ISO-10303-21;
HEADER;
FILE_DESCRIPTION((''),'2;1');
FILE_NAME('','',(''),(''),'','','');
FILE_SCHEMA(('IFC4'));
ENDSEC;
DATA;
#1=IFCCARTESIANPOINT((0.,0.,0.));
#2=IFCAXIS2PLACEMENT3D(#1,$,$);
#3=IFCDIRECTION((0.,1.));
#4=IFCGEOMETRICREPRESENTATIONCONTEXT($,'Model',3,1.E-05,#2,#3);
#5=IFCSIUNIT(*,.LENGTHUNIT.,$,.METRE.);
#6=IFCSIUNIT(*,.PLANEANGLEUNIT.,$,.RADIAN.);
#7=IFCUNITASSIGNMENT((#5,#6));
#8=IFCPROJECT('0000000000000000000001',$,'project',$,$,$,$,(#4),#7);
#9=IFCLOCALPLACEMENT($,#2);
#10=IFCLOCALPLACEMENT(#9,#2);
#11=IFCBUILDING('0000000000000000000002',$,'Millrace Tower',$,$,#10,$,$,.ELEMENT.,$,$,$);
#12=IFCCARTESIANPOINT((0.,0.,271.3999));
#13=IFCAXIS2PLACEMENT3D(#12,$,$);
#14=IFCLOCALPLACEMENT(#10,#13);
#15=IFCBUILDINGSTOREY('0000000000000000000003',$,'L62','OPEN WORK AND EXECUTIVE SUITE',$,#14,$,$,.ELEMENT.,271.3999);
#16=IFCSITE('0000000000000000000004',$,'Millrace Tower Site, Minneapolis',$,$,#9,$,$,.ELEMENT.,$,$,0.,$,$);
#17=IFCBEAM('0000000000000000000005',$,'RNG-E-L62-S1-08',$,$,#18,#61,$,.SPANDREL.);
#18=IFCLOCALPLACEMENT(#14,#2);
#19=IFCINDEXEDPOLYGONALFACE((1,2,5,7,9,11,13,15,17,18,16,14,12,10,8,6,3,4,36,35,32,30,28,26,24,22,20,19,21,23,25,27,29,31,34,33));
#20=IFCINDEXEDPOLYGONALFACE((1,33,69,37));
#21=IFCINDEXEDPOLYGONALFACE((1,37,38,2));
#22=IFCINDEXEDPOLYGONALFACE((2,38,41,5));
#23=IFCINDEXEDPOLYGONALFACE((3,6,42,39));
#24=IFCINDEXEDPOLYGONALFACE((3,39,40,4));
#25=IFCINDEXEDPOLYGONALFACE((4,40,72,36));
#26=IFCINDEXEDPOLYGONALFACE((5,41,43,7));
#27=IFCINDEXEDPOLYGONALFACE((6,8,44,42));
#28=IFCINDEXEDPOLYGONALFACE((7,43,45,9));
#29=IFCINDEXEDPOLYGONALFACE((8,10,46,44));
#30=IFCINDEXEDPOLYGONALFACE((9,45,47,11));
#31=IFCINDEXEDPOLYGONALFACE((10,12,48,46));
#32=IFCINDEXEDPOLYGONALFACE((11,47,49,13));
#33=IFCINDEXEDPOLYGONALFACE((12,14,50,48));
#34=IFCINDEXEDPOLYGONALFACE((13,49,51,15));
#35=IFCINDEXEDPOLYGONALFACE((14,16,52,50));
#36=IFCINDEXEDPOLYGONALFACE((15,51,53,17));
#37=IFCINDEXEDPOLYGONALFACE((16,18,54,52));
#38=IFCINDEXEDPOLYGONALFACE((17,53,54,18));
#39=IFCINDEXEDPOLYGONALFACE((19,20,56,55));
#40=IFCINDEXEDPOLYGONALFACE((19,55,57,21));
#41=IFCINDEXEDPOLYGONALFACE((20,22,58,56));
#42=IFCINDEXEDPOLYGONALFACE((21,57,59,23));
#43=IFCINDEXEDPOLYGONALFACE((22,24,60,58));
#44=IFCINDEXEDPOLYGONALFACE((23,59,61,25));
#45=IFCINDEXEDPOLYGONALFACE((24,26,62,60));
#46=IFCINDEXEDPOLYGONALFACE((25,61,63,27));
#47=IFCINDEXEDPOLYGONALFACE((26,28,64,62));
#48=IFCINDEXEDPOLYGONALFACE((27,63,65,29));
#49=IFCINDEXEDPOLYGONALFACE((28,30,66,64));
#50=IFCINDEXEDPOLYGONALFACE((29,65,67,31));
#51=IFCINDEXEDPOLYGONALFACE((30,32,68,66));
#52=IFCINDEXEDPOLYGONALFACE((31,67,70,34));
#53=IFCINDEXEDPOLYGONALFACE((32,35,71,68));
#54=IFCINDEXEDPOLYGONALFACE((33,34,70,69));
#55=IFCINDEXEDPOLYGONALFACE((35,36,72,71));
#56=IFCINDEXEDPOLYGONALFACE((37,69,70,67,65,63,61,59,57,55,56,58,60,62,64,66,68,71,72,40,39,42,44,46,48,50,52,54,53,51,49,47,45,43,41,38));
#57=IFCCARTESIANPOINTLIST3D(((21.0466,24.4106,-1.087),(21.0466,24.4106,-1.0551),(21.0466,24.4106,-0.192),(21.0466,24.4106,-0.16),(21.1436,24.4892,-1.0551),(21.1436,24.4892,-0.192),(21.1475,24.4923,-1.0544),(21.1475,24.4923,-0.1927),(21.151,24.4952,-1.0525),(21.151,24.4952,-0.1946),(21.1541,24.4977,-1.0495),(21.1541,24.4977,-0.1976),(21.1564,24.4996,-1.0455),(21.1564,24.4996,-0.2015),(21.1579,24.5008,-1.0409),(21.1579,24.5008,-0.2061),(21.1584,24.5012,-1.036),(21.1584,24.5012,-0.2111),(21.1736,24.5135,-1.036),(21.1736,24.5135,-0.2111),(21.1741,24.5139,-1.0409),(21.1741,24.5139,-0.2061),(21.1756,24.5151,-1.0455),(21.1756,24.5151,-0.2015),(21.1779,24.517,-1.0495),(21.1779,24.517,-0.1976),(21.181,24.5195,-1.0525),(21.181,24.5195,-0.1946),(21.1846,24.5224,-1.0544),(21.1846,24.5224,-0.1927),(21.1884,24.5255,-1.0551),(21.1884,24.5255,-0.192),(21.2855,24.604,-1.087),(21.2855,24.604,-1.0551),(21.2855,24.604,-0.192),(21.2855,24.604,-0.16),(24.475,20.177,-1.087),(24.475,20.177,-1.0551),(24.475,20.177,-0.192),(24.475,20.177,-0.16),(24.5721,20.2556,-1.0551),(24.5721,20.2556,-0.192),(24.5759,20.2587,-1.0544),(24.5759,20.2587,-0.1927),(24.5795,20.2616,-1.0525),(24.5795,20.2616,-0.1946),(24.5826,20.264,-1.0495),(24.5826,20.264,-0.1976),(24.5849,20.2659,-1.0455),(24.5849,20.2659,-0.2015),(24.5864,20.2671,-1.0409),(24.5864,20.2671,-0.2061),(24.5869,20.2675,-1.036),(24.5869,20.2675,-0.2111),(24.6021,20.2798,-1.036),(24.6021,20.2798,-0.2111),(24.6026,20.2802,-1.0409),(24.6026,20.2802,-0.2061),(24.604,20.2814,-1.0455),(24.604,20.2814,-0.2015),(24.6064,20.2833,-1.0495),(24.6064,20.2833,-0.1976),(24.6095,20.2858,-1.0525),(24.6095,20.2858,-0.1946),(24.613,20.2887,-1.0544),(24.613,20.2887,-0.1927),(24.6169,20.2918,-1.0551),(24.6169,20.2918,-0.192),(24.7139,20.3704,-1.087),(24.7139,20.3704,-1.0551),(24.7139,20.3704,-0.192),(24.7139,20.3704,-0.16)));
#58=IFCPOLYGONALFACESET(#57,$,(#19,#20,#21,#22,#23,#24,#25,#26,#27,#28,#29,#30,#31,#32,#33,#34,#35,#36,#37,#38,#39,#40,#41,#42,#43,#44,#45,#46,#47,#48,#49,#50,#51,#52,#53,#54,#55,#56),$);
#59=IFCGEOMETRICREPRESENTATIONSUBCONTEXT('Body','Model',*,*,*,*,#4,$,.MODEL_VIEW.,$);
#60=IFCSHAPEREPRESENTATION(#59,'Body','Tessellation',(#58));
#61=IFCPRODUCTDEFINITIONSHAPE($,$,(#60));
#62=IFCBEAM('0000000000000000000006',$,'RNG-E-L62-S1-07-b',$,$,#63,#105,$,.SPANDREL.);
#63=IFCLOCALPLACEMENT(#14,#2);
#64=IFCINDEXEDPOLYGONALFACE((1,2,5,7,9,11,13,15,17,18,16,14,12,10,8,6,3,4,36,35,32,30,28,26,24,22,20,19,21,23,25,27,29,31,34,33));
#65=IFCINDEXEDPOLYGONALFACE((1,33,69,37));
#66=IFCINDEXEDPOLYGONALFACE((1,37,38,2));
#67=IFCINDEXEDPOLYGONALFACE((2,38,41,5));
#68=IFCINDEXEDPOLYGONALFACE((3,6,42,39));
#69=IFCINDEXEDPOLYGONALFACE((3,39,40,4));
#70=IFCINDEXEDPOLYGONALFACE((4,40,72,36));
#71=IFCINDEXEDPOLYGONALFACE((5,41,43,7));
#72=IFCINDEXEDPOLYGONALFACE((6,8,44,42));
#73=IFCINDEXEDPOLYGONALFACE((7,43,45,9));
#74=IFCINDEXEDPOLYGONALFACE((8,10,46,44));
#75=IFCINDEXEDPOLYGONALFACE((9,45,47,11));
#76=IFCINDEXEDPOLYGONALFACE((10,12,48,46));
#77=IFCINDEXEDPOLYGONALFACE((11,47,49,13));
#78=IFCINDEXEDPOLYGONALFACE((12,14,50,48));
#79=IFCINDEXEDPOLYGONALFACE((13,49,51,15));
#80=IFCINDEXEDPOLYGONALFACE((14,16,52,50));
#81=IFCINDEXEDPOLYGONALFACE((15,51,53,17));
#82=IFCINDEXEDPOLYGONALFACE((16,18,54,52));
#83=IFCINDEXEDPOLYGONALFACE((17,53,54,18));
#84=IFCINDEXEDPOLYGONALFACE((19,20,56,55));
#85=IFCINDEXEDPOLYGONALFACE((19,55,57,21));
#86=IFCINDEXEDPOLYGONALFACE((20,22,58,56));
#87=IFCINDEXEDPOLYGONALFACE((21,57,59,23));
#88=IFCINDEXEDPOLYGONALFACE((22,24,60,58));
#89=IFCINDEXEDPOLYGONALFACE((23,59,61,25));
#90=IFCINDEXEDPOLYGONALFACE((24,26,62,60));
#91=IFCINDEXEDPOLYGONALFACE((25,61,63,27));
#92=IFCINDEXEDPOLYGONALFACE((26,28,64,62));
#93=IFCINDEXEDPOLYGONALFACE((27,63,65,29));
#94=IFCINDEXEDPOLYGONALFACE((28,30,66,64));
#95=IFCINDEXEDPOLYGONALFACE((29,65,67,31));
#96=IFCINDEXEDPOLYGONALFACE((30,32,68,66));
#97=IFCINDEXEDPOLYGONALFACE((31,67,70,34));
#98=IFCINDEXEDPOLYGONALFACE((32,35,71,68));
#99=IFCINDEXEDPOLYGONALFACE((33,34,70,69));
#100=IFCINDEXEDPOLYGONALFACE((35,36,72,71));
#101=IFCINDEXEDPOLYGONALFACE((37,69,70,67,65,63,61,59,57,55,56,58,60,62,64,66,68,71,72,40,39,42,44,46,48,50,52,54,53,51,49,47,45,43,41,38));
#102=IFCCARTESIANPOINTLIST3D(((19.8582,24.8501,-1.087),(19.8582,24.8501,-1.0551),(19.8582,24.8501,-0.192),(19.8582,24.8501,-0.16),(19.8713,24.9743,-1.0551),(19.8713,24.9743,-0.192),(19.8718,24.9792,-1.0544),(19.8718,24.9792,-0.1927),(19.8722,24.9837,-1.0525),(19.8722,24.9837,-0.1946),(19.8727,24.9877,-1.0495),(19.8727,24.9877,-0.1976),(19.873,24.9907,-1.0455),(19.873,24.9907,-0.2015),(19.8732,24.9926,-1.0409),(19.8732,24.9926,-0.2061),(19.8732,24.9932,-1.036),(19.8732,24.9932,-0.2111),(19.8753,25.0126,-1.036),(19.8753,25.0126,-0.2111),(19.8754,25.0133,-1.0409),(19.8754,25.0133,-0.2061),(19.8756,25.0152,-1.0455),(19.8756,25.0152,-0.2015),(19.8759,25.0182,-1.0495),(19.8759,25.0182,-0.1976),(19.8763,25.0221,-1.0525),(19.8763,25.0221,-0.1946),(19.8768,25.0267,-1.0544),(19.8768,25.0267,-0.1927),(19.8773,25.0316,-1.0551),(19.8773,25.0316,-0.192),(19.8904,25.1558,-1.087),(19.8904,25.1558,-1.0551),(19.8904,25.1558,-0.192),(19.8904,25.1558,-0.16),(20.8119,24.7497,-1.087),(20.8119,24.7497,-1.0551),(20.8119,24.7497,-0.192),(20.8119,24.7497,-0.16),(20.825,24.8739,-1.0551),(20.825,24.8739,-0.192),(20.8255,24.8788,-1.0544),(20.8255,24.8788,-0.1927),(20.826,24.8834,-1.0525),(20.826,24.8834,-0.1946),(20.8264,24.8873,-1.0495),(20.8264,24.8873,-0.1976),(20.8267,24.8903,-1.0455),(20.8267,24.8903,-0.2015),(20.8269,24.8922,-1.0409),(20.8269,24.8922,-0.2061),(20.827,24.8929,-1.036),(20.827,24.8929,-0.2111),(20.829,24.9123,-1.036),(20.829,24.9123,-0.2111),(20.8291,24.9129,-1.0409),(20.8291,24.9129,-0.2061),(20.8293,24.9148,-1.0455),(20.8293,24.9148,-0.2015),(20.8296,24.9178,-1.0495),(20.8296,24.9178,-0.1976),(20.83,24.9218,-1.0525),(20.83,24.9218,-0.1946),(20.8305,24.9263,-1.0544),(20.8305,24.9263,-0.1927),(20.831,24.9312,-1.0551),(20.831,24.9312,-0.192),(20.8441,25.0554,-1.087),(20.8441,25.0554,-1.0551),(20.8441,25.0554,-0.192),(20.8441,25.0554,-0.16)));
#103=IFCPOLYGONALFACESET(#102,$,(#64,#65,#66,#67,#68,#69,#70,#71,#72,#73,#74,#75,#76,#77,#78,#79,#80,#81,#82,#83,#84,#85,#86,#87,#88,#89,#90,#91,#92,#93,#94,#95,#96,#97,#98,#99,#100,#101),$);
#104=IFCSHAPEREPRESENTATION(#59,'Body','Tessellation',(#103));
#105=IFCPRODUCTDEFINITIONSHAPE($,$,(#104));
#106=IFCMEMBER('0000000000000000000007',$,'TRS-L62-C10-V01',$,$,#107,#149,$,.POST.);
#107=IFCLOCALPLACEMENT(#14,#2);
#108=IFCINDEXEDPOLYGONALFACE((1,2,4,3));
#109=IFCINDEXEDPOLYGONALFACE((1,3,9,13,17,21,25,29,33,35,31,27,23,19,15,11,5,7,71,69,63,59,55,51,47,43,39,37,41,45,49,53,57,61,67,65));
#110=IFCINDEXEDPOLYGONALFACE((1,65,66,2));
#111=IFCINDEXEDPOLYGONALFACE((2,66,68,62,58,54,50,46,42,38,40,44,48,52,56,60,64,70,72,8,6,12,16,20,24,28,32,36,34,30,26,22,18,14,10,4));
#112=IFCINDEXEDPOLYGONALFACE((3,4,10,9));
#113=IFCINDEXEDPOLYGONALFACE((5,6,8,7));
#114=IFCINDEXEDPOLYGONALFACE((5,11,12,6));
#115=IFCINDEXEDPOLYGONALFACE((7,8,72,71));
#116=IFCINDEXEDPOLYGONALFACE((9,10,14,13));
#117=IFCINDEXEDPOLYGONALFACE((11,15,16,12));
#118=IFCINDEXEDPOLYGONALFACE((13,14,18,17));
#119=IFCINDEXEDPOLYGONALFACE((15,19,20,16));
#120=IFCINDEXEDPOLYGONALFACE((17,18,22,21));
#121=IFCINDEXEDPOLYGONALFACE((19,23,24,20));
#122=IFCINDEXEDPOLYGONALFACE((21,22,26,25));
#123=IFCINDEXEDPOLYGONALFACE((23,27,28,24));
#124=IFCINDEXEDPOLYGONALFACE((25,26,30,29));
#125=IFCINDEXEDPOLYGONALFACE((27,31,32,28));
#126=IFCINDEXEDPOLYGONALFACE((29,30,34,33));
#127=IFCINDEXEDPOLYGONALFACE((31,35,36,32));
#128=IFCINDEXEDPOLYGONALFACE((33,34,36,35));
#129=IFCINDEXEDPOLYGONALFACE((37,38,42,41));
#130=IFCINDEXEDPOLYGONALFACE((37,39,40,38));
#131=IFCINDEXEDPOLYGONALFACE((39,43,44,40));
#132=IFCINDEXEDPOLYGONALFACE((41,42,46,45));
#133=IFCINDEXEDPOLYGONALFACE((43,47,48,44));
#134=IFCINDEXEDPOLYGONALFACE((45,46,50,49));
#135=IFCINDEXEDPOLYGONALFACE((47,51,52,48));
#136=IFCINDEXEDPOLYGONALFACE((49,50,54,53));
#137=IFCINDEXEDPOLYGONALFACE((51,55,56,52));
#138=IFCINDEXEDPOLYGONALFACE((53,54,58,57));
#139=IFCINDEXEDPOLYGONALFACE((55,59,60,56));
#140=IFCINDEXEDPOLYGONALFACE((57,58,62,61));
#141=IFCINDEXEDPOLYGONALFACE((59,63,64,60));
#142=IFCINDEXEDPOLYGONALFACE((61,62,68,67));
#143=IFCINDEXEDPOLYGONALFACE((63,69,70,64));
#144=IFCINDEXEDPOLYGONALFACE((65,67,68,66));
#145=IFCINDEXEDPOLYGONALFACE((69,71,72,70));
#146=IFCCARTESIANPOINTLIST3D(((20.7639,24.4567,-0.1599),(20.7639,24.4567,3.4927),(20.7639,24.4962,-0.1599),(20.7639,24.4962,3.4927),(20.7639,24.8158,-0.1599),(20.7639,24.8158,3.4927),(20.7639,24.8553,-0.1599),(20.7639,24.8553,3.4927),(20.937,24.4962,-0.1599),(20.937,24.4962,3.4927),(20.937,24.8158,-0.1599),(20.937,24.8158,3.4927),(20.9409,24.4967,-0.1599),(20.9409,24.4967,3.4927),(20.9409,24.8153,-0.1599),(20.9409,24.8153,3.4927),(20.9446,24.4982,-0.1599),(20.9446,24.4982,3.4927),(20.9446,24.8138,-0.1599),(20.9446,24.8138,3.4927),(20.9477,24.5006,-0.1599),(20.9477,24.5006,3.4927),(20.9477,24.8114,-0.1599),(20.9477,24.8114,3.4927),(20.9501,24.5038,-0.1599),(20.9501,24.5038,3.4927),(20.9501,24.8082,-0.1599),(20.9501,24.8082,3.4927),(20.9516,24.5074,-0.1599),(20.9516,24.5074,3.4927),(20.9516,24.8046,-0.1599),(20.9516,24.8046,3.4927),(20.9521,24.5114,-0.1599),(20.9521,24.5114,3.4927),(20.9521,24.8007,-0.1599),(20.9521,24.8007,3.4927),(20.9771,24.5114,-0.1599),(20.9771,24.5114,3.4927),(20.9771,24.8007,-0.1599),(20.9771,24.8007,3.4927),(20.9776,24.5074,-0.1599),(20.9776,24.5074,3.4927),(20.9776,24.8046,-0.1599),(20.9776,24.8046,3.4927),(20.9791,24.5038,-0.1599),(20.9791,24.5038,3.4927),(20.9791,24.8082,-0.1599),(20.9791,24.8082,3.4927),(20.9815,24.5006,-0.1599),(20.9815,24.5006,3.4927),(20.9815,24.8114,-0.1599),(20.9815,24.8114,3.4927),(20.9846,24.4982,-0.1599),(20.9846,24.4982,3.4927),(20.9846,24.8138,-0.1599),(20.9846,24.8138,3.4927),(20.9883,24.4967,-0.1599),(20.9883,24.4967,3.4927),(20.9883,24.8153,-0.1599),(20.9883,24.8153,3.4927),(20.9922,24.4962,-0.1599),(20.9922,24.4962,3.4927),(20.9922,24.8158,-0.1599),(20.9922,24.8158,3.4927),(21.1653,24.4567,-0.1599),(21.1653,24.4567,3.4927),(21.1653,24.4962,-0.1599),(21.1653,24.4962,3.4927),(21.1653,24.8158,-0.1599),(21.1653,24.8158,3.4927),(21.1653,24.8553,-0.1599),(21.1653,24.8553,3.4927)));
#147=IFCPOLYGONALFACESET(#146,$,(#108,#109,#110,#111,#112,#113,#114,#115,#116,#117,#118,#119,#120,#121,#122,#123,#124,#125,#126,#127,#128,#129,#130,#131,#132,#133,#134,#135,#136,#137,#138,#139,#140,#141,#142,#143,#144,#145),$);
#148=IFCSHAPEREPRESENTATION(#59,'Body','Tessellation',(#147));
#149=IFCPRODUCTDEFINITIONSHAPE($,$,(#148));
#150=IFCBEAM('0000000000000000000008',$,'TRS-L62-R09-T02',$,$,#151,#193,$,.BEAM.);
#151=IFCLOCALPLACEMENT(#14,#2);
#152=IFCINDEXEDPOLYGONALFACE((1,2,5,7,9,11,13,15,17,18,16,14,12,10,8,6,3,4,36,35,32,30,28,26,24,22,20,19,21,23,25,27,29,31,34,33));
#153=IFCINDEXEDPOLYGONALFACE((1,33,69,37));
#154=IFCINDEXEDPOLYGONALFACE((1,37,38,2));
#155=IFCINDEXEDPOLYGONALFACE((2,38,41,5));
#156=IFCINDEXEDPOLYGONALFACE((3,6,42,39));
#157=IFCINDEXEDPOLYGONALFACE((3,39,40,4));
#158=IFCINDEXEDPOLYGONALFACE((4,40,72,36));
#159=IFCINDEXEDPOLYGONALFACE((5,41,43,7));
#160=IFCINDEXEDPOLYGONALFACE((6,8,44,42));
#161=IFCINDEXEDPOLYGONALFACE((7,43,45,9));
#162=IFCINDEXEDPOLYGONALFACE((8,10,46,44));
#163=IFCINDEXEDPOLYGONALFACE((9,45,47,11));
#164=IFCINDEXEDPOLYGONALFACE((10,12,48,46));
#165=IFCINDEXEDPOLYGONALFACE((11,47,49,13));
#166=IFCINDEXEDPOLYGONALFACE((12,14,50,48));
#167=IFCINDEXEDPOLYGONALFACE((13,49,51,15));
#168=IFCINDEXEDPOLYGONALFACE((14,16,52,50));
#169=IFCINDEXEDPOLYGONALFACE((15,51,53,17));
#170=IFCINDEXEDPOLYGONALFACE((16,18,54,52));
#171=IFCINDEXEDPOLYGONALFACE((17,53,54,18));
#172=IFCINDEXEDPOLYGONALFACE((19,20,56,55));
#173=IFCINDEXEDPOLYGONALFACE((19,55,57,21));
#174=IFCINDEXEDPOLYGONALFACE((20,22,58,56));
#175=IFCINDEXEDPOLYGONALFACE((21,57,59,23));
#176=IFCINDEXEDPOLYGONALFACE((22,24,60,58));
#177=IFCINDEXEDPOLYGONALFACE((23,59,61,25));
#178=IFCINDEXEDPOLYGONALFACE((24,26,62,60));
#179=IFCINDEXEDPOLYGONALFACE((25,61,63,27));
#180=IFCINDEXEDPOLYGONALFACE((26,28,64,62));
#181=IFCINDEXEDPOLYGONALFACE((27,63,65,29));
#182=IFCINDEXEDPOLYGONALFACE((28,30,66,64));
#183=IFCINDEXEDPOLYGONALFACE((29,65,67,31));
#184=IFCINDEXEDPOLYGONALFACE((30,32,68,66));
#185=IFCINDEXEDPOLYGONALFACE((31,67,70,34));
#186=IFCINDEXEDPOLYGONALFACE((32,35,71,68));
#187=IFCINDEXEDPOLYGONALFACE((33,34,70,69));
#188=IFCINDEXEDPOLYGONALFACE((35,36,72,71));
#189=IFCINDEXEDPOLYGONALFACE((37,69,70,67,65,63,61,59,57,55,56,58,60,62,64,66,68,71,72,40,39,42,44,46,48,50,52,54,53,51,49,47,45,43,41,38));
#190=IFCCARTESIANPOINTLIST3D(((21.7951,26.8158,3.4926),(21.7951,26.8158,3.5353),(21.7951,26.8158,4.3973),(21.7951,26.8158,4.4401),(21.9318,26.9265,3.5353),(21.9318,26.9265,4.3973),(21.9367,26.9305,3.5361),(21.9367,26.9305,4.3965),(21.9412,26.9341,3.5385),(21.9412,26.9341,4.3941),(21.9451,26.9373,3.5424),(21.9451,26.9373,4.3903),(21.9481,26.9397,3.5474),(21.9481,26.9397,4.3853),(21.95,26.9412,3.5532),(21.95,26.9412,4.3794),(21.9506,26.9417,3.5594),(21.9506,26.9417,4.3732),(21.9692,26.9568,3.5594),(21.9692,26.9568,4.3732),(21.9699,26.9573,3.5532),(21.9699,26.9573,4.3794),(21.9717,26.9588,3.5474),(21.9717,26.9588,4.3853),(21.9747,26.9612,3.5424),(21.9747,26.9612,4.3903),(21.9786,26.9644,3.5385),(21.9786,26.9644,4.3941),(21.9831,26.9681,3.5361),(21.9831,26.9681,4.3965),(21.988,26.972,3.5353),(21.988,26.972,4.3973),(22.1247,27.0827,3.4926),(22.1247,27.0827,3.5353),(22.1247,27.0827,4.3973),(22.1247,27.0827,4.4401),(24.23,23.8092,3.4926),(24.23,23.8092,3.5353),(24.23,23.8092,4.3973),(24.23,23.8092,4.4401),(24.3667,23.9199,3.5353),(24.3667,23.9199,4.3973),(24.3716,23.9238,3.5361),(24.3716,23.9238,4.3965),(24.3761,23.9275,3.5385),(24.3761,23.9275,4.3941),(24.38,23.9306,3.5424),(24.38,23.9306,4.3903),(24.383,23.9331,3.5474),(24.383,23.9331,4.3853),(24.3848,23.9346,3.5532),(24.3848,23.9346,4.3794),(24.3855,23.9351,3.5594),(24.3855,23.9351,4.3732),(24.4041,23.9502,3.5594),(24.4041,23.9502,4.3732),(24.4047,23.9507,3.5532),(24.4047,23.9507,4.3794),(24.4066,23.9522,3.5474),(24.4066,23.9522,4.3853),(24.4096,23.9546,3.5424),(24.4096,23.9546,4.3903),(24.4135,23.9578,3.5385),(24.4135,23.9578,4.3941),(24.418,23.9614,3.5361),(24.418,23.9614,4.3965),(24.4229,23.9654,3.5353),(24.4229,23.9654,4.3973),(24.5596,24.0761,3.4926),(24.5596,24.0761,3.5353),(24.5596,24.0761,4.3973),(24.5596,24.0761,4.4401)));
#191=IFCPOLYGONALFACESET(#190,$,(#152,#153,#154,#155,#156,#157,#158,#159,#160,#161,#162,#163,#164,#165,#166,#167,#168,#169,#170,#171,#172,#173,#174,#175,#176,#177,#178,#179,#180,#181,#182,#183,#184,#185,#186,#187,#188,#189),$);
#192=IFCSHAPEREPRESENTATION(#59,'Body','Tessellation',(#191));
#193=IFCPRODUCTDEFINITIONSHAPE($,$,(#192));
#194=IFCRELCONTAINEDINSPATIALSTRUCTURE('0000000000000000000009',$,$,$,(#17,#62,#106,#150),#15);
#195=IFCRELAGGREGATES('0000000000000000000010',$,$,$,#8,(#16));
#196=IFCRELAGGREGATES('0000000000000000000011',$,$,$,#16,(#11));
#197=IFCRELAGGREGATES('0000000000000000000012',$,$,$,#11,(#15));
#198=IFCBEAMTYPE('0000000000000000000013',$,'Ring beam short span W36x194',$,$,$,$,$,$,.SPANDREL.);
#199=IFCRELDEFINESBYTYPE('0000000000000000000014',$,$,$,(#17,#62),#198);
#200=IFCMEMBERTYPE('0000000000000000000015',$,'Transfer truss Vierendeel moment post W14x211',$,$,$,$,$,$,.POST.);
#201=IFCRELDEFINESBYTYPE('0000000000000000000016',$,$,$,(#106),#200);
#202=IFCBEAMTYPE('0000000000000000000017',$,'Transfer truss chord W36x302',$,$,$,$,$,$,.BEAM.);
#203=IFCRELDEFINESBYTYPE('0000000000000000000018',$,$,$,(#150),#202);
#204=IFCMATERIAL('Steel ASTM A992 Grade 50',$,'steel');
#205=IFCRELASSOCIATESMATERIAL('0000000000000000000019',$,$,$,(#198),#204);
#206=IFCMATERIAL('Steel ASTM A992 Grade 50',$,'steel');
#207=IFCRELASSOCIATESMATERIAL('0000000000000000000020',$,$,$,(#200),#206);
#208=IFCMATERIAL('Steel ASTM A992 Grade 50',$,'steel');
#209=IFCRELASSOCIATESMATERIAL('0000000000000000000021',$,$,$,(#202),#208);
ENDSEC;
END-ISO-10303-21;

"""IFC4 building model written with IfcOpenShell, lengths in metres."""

from ifc_helpers import new_model, si_unit, direction, frame, origin, origin_2d, place, context, subcontext, project, spatial, i_section, extrude, material, material_profile, profile_set, type_object, element, save


model = new_model("IFC4")

# Units and contexts
model_context = context("Model", 3, precision=1e-05, world=origin(), true_north=direction((0.0, 1.0)))
body_context = subcontext(model_context, "Body", "Model", "MODEL_VIEW")
ifc_project = project(units=[si_unit("LENGTHUNIT", "METRE"), si_unit("PLANEANGLEUNIT", "RADIAN")], contexts=[model_context])

# Site, building, storey
site_placement = place(None, origin())
site = spatial("IfcSite", under=ifc_project, at=site_placement, Name="Millrace Tower Site, Minneapolis", CompositionType="ELEMENT", RefElevation=0.0)
building_placement = place(site_placement, origin())
building = spatial("IfcBuilding", under=site, at=building_placement, Name="Millrace Tower", CompositionType="ELEMENT")
storey_placement = place(building_placement, frame((0.0, 0.0, 271.3999)))
storey = spatial("IfcBuildingStorey", under=building, at=storey_placement, Name="L62", Description="OPEN WORK AND EXECUTIVE SUITE", CompositionType="ELEMENT", Elevation=271.3999)

# Beams
ifc_material_1 = material(Name="Steel ASTM A992 Grade 50", Category="steel")
ifc_material_profile_1 = material_profile(ifc_material_1, i_section(OverallWidth=0.3074, OverallDepth=0.927, WebThickness=0.0195, FlangeThickness=0.032, FilletRadius=0.019, at=origin_2d()))
ifc_profile_set_1 = profile_set([ifc_material_profile_1], Name="Steel ASTM A992 Grade 50")
beam_type_1 = type_object("IfcBeamType", Name="Ring beam short span W36x194", PredefinedType="SPANDREL", material=ifc_profile_set_1)
beam_1_placement = place(storey_placement, frame((21.166, 24.5073, -0.6235), z_axis=(0.629335, -0.777134, 0.0), x_axis=(0.777134, 0.629335, 0.0)))
element("IfcBeam", 1, at=beam_1_placement, inside=storey, type_object=beam_type_1, Name="RNG-E-L62-S1-08", PredefinedType="SPANDREL", context=body_context, shape_type="SweptSolid", body=[
    extrude(i_section(OverallWidth=0.3074, OverallDepth=0.927, WebThickness=0.0195, FlangeThickness=0.032, FilletRadius=0.019, at=origin_2d()), origin(), (0.0, 0.0, 1.0), 5.4478),
])
beam_2_placement = place(storey_placement, frame((19.8743, 25.0029, -0.6235), z_axis=(0.99451, -0.104645, 0.0), x_axis=(0.104645, 0.99451, 0.0)))
element("IfcBeam", 2, at=beam_2_placement, inside=storey, type_object=beam_type_1, Name="RNG-E-L62-S1-07-b", PredefinedType="SPANDREL", context=body_context, shape_type="SweptSolid", body=[
    extrude(i_section(OverallWidth=0.3074, OverallDepth=0.927, WebThickness=0.0195, FlangeThickness=0.032, FilletRadius=0.019, at=origin_2d()), origin(), (0.0, 0.0, 1.0), 0.959),
])

# Member
ifc_material_2 = material(Name="Steel ASTM A992 Grade 50", Category="steel")
ifc_material_profile_2 = material_profile(ifc_material_2, i_section(OverallWidth=0.4014, OverallDepth=0.3987, WebThickness=0.0249, FlangeThickness=0.0396, FilletRadius=0.0151, at=origin_2d()))
ifc_profile_set_2 = profile_set([ifc_material_profile_2], Name="Steel ASTM A992 Grade 50")
member_type_1 = type_object("IfcMemberType", Name="Transfer truss Vierendeel moment post W14x211", PredefinedType="POST", material=ifc_profile_set_2)
member_1_placement = place(storey_placement, frame((20.9646, 24.656, -0.1599), z_axis=(0.0, 0.0, 1.0), x_axis=(1.0, 0.0, 0.0)))
element("IfcMember", 3, at=member_1_placement, inside=storey, type_object=member_type_1, Name="TRS-L62-C10-V01", PredefinedType="POST", context=body_context, shape_type="SweptSolid", body=[
    extrude(i_section(OverallWidth=0.4014, OverallDepth=0.3987, WebThickness=0.0249, FlangeThickness=0.0396, FilletRadius=0.0151, at=origin_2d()), origin(), (0.0, 0.0, 1.0), 3.6526),
])

# Beam
ifc_material_3 = material(Name="Steel ASTM A992 Grade 50", Category="steel")
ifc_material_profile_3 = material_profile(ifc_material_3, i_section(OverallWidth=0.4241, OverallDepth=0.9475, WebThickness=0.0239, FlangeThickness=0.0427, FilletRadius=0.0242, at=origin_2d()))
ifc_profile_set_3 = profile_set([ifc_material_profile_3], Name="Steel ASTM A992 Grade 50")
beam_type_2 = type_object("IfcBeamType", Name="Transfer truss chord W36x302", PredefinedType="BEAM", material=ifc_profile_set_3)
beam_3_placement = place(storey_placement, frame((24.3948, 23.9426, 3.9663), z_axis=(-0.62934, 0.77713, 0.0), x_axis=(-0.77713, -0.62934, 0.0)))
element("IfcBeam", 4, at=beam_3_placement, inside=storey, type_object=beam_type_2, Name="TRS-L62-R09-T02", PredefinedType="BEAM", context=body_context, shape_type="SweptSolid", body=[
    extrude(i_section(OverallWidth=0.4241, OverallDepth=0.9475, WebThickness=0.0239, FlangeThickness=0.0427, FilletRadius=0.0242, at=origin_2d()), origin(), (0.0, 0.0, 1.0), 3.8689),
])

save(model, "model.ifc")
